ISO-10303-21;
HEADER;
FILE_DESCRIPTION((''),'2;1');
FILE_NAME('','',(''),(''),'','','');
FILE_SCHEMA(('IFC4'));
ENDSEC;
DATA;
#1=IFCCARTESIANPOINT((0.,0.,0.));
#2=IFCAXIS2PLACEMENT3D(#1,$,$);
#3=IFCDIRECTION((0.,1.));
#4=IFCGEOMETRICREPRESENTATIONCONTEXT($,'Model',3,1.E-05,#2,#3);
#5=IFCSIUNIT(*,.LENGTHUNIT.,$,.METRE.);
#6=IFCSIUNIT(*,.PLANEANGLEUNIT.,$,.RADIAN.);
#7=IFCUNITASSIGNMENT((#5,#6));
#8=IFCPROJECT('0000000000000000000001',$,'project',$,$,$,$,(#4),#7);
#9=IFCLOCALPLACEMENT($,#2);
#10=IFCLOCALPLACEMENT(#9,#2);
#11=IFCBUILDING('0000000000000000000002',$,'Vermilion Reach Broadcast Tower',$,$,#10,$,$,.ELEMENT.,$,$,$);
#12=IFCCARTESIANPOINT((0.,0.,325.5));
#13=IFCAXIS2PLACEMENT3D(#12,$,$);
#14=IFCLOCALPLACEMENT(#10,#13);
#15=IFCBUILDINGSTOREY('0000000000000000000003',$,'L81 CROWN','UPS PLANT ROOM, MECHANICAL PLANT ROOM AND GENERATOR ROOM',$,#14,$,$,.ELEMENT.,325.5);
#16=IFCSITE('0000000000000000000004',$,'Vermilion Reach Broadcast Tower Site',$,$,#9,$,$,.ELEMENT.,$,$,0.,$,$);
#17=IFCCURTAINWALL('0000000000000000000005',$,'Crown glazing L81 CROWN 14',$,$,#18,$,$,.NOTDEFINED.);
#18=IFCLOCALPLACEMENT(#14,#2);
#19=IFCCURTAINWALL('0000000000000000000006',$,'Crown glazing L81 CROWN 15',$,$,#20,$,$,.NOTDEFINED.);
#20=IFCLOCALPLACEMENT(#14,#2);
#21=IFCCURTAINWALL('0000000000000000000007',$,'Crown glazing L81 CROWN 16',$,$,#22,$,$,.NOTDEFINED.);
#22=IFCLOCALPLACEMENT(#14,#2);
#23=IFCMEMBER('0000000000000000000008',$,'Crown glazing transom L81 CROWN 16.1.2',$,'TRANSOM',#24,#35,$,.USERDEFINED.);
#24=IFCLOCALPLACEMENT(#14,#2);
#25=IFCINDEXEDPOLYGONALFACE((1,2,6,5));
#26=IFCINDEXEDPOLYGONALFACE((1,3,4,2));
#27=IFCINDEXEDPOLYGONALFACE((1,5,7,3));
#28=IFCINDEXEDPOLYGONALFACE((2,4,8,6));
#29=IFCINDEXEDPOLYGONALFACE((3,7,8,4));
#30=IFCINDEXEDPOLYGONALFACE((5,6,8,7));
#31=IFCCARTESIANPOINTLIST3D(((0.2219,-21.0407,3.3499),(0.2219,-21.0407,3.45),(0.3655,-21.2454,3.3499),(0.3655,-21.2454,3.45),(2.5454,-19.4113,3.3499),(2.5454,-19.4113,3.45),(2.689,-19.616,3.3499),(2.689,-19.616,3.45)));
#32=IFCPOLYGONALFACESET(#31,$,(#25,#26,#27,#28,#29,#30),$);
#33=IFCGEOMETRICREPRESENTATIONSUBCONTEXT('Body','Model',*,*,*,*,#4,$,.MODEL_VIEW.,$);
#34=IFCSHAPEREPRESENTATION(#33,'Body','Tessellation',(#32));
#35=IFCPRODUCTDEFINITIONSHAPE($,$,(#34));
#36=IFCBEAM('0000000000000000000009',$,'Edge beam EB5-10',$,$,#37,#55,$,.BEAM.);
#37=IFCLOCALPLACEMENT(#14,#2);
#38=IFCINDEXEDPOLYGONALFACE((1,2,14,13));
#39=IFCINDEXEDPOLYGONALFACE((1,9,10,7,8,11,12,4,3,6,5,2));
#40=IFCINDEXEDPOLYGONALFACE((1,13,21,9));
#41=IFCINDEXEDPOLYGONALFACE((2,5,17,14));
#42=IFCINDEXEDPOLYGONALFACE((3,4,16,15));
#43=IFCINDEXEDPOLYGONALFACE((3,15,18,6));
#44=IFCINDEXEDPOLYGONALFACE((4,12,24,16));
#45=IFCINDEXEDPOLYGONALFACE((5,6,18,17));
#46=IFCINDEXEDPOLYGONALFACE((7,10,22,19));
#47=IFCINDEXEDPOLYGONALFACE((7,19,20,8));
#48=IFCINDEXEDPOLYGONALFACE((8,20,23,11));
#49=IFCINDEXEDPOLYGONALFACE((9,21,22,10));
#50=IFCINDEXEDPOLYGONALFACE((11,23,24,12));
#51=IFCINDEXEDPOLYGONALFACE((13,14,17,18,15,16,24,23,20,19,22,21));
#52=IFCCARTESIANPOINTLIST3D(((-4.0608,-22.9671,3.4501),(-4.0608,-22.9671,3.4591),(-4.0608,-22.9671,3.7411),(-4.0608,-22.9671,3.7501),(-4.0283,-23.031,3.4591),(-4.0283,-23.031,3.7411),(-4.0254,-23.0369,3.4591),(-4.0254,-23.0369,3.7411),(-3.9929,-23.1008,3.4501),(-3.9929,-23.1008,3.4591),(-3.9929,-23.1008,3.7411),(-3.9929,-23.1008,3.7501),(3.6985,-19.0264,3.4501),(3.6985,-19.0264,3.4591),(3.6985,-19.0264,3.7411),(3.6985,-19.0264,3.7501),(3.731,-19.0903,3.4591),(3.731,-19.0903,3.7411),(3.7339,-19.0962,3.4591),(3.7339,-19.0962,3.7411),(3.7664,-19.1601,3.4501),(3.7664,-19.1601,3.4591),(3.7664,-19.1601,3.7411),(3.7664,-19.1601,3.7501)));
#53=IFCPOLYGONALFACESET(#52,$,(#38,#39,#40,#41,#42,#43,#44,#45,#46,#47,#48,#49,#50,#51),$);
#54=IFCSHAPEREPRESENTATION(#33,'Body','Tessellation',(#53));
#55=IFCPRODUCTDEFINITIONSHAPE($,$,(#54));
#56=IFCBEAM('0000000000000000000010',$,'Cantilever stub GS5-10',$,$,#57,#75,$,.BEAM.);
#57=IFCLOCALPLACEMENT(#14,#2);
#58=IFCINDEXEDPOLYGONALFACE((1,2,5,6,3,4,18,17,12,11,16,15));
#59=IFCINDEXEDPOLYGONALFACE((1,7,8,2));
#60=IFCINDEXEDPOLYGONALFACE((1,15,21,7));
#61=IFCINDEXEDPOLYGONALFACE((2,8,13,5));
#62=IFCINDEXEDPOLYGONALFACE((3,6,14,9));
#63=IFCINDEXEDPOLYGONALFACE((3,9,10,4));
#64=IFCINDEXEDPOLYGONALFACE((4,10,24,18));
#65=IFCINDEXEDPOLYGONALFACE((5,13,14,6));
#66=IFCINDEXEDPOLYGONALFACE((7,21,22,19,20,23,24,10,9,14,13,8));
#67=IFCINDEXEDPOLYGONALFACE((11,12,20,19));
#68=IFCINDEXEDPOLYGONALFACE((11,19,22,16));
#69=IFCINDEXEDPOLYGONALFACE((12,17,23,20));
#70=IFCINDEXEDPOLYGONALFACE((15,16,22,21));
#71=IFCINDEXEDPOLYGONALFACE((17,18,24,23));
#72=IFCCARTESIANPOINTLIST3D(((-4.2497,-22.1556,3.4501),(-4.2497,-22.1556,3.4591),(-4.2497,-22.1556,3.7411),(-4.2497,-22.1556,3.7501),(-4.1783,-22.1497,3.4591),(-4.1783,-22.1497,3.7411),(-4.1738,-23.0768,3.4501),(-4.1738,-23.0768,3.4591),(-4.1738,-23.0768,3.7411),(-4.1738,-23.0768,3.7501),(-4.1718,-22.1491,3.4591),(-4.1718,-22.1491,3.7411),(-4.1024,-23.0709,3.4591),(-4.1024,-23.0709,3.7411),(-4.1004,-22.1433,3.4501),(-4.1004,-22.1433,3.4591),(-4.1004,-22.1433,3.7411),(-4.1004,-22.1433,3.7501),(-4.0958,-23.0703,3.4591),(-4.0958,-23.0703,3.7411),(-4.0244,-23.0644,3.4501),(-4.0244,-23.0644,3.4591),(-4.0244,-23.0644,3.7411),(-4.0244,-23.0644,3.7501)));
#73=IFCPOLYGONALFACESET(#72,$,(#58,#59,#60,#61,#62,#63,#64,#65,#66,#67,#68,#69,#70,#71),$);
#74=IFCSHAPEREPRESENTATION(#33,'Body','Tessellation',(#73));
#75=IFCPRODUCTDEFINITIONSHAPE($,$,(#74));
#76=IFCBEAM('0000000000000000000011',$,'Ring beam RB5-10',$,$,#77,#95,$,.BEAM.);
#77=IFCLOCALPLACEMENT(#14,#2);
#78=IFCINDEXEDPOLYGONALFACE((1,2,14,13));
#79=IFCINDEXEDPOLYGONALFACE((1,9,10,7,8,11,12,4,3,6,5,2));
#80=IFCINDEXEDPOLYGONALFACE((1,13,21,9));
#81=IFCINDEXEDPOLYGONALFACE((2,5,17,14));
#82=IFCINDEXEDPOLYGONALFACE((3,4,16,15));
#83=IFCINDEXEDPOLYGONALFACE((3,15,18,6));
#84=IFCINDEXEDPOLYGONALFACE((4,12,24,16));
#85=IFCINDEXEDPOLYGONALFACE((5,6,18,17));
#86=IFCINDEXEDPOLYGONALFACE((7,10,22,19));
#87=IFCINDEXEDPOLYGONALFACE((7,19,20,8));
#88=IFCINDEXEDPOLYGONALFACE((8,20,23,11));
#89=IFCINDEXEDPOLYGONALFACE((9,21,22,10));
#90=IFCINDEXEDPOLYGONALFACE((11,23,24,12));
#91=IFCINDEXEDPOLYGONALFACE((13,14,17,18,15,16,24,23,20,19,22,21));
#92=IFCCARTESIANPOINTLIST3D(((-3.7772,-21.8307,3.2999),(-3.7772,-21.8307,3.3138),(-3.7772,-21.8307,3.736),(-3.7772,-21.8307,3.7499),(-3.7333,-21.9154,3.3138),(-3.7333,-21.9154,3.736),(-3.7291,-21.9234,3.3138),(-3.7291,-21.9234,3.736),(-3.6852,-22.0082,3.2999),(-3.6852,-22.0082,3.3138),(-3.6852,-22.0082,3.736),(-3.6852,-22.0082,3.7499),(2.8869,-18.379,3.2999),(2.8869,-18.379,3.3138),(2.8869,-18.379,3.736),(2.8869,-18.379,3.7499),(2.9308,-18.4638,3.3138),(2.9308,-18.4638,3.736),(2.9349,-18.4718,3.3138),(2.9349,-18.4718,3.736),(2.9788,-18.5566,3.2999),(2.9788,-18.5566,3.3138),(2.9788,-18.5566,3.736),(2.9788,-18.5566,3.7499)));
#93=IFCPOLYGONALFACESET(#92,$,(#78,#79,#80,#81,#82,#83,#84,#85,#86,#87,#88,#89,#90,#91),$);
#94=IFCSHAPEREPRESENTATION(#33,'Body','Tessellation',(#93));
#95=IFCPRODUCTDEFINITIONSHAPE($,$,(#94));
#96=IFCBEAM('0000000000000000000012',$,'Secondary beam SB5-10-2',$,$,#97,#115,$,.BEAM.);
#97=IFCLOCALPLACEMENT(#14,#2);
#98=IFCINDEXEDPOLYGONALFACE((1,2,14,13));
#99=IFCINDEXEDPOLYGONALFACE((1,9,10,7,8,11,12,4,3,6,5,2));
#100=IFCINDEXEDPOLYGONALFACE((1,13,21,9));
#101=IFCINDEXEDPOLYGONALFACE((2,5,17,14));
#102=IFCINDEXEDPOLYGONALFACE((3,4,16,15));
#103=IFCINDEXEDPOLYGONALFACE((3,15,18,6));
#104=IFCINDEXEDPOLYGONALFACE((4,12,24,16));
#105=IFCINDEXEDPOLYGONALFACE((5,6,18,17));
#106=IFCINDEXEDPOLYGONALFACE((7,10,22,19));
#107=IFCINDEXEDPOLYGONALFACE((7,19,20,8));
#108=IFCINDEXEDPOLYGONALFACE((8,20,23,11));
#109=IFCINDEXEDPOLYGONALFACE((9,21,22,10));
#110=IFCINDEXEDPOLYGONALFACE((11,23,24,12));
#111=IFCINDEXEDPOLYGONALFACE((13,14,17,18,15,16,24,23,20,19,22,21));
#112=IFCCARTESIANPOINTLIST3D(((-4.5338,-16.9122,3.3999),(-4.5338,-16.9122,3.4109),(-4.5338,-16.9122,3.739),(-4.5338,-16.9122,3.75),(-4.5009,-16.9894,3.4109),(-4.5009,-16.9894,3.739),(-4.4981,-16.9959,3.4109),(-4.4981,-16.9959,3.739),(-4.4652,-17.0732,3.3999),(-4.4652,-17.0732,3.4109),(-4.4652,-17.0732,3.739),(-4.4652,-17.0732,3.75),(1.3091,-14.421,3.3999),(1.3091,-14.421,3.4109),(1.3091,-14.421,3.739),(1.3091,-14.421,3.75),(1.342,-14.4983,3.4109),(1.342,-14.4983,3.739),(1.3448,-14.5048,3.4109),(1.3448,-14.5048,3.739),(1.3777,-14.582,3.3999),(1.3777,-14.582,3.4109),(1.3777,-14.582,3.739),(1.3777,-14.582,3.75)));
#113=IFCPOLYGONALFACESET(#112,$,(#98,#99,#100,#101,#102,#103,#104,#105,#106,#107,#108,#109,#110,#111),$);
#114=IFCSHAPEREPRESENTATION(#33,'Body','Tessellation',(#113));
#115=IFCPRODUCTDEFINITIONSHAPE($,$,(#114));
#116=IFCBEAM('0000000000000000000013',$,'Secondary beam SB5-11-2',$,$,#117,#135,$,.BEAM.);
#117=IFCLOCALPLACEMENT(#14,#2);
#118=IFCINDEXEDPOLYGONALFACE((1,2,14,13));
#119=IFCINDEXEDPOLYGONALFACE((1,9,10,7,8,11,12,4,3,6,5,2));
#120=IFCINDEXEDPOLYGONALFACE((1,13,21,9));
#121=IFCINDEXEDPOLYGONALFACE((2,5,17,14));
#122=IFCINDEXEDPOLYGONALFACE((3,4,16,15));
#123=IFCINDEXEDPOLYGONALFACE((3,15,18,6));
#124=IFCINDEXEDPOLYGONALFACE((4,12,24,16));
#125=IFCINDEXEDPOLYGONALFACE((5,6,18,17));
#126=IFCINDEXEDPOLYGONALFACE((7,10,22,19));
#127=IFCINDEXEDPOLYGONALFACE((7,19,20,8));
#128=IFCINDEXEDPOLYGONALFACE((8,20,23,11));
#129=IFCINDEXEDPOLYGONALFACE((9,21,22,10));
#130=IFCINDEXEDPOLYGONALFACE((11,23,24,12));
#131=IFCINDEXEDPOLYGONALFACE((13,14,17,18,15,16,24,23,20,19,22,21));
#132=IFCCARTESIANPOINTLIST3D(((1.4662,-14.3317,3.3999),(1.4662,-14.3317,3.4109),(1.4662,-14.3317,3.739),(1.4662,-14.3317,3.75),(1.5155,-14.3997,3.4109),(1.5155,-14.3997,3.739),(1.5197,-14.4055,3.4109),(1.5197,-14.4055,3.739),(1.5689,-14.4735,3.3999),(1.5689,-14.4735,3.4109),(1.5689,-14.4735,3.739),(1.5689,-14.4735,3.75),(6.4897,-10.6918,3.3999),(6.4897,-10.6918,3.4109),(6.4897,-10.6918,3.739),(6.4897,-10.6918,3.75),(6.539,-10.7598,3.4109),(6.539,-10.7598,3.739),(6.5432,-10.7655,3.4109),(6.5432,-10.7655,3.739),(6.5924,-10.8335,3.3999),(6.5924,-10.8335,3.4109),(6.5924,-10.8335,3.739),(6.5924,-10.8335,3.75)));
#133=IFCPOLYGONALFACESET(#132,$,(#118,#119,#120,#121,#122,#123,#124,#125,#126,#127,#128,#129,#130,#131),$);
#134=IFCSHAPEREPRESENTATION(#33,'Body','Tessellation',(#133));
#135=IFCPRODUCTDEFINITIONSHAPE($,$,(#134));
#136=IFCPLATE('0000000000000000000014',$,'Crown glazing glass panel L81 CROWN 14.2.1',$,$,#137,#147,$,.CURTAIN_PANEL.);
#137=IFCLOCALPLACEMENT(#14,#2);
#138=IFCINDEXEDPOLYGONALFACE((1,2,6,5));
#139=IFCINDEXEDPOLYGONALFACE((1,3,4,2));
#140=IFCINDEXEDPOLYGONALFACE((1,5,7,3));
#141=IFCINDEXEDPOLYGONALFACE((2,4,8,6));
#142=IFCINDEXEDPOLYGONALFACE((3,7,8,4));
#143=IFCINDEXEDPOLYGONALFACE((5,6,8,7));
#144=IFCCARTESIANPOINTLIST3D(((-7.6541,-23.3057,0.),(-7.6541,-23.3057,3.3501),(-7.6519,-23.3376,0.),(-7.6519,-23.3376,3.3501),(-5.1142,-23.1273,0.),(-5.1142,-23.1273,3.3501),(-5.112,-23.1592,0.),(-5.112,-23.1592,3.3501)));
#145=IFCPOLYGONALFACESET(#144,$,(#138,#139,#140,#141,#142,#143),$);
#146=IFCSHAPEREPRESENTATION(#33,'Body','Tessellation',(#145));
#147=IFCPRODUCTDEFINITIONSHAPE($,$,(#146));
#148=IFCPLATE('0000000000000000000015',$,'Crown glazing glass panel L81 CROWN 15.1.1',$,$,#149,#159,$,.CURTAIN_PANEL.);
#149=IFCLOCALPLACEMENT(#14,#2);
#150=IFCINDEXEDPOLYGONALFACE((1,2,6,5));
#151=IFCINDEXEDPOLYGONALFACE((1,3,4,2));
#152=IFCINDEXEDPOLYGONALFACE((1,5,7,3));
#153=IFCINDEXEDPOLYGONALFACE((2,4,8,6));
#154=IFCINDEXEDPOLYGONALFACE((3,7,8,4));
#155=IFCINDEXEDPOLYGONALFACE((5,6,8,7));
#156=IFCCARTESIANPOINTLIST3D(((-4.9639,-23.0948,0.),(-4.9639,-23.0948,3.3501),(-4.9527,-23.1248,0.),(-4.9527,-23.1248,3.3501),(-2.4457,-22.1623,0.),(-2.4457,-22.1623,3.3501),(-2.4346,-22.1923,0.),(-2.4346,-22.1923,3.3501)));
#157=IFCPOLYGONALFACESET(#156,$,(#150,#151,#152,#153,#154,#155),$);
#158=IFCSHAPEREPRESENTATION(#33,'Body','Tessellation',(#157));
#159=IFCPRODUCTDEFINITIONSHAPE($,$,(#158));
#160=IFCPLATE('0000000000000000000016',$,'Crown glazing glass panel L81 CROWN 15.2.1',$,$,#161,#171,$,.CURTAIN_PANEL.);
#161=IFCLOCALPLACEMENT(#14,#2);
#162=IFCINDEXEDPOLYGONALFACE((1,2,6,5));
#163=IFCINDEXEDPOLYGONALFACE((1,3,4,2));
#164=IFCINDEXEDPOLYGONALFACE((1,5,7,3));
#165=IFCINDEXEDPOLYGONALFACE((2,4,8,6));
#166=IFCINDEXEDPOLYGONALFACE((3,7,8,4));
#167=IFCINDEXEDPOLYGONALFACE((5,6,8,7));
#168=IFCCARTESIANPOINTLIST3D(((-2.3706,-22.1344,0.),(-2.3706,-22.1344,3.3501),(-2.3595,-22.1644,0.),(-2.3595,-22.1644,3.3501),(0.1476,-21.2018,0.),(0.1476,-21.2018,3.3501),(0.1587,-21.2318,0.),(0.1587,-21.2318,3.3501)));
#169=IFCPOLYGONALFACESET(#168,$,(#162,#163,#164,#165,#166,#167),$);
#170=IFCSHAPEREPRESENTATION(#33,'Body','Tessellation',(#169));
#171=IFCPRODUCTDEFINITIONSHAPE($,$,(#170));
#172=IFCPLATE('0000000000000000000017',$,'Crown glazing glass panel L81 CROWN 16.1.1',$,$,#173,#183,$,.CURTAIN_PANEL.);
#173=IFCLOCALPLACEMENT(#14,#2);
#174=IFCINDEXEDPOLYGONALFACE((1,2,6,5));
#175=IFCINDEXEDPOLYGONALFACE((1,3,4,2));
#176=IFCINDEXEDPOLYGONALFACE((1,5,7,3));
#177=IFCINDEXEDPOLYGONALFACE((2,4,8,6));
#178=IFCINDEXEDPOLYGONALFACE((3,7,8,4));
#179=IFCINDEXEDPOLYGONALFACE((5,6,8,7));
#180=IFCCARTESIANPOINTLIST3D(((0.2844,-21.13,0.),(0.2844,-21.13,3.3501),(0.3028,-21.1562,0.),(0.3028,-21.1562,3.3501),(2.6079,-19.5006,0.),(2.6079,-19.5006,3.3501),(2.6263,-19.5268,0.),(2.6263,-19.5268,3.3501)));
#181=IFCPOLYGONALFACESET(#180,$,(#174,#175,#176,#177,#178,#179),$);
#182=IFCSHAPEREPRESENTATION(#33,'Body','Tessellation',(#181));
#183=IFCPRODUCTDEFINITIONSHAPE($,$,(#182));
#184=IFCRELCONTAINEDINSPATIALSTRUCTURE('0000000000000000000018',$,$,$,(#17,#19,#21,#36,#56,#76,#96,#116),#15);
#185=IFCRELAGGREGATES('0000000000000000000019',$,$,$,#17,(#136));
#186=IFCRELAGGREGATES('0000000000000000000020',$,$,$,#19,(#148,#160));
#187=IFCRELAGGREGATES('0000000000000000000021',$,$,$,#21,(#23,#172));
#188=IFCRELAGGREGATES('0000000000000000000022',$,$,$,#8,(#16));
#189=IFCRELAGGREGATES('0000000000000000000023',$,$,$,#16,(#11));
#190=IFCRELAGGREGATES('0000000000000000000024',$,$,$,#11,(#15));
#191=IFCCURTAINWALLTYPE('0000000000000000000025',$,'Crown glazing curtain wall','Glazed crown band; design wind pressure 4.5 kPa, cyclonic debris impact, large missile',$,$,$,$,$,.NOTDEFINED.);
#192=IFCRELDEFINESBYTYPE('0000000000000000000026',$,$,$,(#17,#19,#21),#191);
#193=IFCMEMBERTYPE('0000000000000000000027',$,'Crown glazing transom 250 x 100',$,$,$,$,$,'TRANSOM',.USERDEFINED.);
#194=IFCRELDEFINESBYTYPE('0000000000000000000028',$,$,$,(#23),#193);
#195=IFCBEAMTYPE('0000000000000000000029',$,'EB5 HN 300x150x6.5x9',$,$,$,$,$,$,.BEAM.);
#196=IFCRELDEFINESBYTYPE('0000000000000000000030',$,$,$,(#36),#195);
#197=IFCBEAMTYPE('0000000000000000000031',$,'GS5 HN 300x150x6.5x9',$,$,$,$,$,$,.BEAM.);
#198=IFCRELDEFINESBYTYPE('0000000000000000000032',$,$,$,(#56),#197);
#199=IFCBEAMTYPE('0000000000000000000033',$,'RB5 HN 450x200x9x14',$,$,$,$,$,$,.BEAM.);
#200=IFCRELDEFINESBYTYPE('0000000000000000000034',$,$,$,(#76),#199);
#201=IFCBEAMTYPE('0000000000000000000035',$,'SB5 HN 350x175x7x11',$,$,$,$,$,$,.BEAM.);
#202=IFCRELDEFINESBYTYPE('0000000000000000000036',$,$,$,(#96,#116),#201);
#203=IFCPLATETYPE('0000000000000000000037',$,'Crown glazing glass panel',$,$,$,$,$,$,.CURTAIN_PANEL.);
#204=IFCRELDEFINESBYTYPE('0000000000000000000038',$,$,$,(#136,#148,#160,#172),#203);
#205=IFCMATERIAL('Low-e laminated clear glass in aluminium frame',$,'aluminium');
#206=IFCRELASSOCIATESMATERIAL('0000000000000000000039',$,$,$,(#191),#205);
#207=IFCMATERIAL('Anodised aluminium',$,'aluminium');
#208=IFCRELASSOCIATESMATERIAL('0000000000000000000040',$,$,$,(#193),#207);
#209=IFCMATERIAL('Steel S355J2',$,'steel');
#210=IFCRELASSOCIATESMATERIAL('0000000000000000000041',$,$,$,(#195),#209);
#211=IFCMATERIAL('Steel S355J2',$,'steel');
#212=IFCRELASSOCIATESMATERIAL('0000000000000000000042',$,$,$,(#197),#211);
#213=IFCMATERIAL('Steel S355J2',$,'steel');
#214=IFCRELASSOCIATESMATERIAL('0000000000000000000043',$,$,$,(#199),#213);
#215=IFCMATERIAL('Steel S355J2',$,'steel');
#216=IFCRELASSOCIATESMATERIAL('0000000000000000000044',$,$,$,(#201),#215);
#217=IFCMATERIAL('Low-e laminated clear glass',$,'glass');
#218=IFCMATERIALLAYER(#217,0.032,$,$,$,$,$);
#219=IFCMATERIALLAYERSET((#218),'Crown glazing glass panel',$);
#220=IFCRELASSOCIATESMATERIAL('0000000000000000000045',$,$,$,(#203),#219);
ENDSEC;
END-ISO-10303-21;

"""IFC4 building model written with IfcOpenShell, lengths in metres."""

from ifc_helpers import new_model, si_unit, direction, frame, origin, origin_2d, place, context, subcontext, project, spatial, rectangle, i_section, extrude, material, layer, layer_set, material_profile, profile_set, type_object, element, aggregate, save


model = new_model("IFC4")

# Units and contexts
model_context = context("Model", 3, precision=1e-05, world=origin(), true_north=direction((0.0, 1.0)))
body_context = subcontext(model_context, "Body", "Model", "MODEL_VIEW")
ifc_project = project(units=[si_unit("LENGTHUNIT", "METRE"), si_unit("PLANEANGLEUNIT", "RADIAN")], contexts=[model_context])

# Site, building, storey
site_placement = place(None, origin())
site = spatial("IfcSite", under=ifc_project, at=site_placement, Name="Vermilion Reach Broadcast Tower Site", CompositionType="ELEMENT", RefElevation=0.0)
building_placement = place(site_placement, origin())
building = spatial("IfcBuilding", under=site, at=building_placement, Name="Vermilion Reach Broadcast Tower", CompositionType="ELEMENT")
storey_placement = place(building_placement, frame((0.0, 0.0, 325.5)))
storey = spatial("IfcBuildingStorey", under=building, at=storey_placement, Name="L81 CROWN", Description="UPS PLANT ROOM, MECHANICAL PLANT ROOM AND GENERATOR ROOM", CompositionType="ELEMENT", Elevation=325.5)

# Curtain wall
ifc_material_1 = material(Name="Low-e laminated clear glass in aluminium frame", Category="aluminium")
curtain_wall_type = type_object("IfcCurtainWallType", Name="Crown glazing curtain wall", Description="Glazed crown band; design wind pressure 4.5 kPa, cyclonic debris impact, large missile", PredefinedType="NOTDEFINED", material=ifc_material_1)
placement = place(storey_placement, origin())
curtain_wall_1 = element("IfcCurtainWall", 1, at=placement, inside=storey, type_object=curtain_wall_type, Name="Crown glazing L81 CROWN 14", PredefinedType="NOTDEFINED")

# Curtain wall
curtain_wall_2 = element("IfcCurtainWall", 2, at=placement, inside=storey, type_object=curtain_wall_type, Name="Crown glazing L81 CROWN 15", PredefinedType="NOTDEFINED")

# Curtain wall
curtain_wall_3 = element("IfcCurtainWall", 3, at=placement, inside=storey, type_object=curtain_wall_type, Name="Crown glazing L81 CROWN 16", PredefinedType="NOTDEFINED")

# Member
ifc_material_2 = material(Name="Anodised aluminium", Category="aluminium")
ifc_material_profile_1 = material_profile(ifc_material_2, rectangle(XDim=0.25, YDim=0.1001, at=origin_2d()), Name="Crown glazing transom 250 x 100")
ifc_profile_set_1 = profile_set([ifc_material_profile_1], Name="Anodised aluminium")
member_type_1 = type_object("IfcMemberType", Name="Crown glazing transom 250 x 100", ElementType="TRANSOM", PredefinedType="USERDEFINED", material=ifc_profile_set_1)
member_1_placement = place(storey_placement, frame((0.2937, -21.1431, 3.3999), z_axis=(0.818743, 0.574161, 0.0), x_axis=(-0.574161, 0.818743, 0.0)))
member_1 = element("IfcMember", 4, at=member_1_placement, type_object=member_type_1, Name="Crown glazing transom L81 CROWN 16.1.2", ObjectType="TRANSOM", PredefinedType="USERDEFINED", context=body_context, shape_type="SweptSolid", body=[
    extrude(rectangle(XDim=0.25, YDim=0.1001, at=origin_2d()), origin(), (0.0, 0.0, 1.0), 2.8379),
])

# Beams
ifc_material_3 = material(Name="Steel S355J2", Category="steel")
ifc_material_profile_2 = material_profile(ifc_material_3, i_section(OverallWidth=0.1499, OverallDepth=0.3, WebThickness=0.0066, FlangeThickness=0.009, at=origin_2d()), Name="S355J2 HN 300x150x6.5x9")
ifc_profile_set_2 = profile_set([ifc_material_profile_2], Name="Steel S355J2")
beam_type_1 = type_object("IfcBeamType", Name="EB5 HN 300x150x6.5x9", PredefinedType="BEAM", material=ifc_profile_set_2)
beam_1_placement = place(storey_placement, frame((-4.0269, -23.0339, 3.6001), z_axis=(0.891604, 0.452816, 0.0), x_axis=(-0.452816, 0.891604, 0.0)))
element("IfcBeam", 5, at=beam_1_placement, inside=storey, type_object=beam_type_1, Name="Edge beam EB5-10", PredefinedType="BEAM", context=body_context, shape_type="SweptSolid", body=[
    extrude(i_section(OverallWidth=0.1499, OverallDepth=0.3, WebThickness=0.0066, FlangeThickness=0.009, at=origin_2d()), origin(), (0.0, 0.0, 1.0), 8.7026),
])
ifc_material_4 = material(Name="Steel S355J2", Category="steel")
ifc_material_profile_3 = material_profile(ifc_material_4, i_section(OverallWidth=0.1499, OverallDepth=0.3, WebThickness=0.0066, FlangeThickness=0.009, at=origin_2d()), Name="S355J2 HN 300x150x6.5x9")
ifc_profile_set_3 = profile_set([ifc_material_profile_3], Name="Steel S355J2")
beam_type_2 = type_object("IfcBeamType", Name="GS5 HN 300x150x6.5x9", PredefinedType="BEAM", material=ifc_profile_set_3)
beam_2_placement = place(storey_placement, frame((-4.175, -22.1494, 3.6001), z_axis=(0.082149, -0.99662, 0.0), x_axis=(0.99662, 0.082149, 0.0)))
element("IfcBeam", 6, at=beam_2_placement, inside=storey, type_object=beam_type_2, Name="Cantilever stub GS5-10", PredefinedType="BEAM", context=body_context, shape_type="SweptSolid", body=[
    extrude(i_section(OverallWidth=0.1499, OverallDepth=0.3, WebThickness=0.0066, FlangeThickness=0.009, at=origin_2d()), origin(), (0.0, 0.0, 1.0), 0.9243),
])
ifc_material_5 = material(Name="Steel S355J2", Category="steel")
ifc_material_profile_4 = material_profile(ifc_material_5, i_section(OverallWidth=0.2, OverallDepth=0.45, WebThickness=0.009, FlangeThickness=0.0139, at=origin_2d()), Name="S355J2 HN 450x200x9x14")
ifc_profile_set_4 = profile_set([ifc_material_profile_4], Name="Steel S355J2")
beam_type_3 = type_object("IfcBeamType", Name="RB5 HN 450x200x9x14", PredefinedType="BEAM", material=ifc_profile_set_4)
beam_3_placement = place(storey_placement, frame((-3.7312, -21.9194, 3.5249), z_axis=(0.88796, 0.45992, 0.0), x_axis=(-0.45992, 0.88796, 0.0)))
element("IfcBeam", 7, at=beam_3_placement, inside=storey, type_object=beam_type_3, Name="Ring beam RB5-10", PredefinedType="BEAM", context=body_context, shape_type="SweptSolid", body=[
    extrude(i_section(OverallWidth=0.2, OverallDepth=0.45, WebThickness=0.009, FlangeThickness=0.0139, at=origin_2d()), origin(), (0.0, 0.0, 1.0), 7.5049),
])
ifc_material_6 = material(Name="Steel S355J2", Category="steel")
ifc_material_profile_5 = material_profile(ifc_material_6, i_section(OverallWidth=0.175, OverallDepth=0.3501, WebThickness=0.0071, FlangeThickness=0.011, at=origin_2d()), Name="S355J2 HN 350x175x7x11")
ifc_profile_set_5 = profile_set([ifc_material_profile_5], Name="Steel S355J2")
beam_type_4 = type_object("IfcBeamType", Name="SB5 HN 350x175x7x11", PredefinedType="BEAM", material=ifc_profile_set_5)
beam_4_placement = place(storey_placement, frame((-4.4995, -16.9927, 3.575), z_axis=(0.919881, 0.392198, 0.0), x_axis=(-0.392198, 0.919881, 0.0)))
element("IfcBeam", 8, at=beam_4_placement, inside=storey, type_object=beam_type_4, Name="Secondary beam SB5-10-2", PredefinedType="BEAM", context=body_context, shape_type="SweptSolid", body=[
    extrude(i_section(OverallWidth=0.175, OverallDepth=0.3501, WebThickness=0.0071, FlangeThickness=0.011, at=origin_2d()), origin(), (0.0, 0.0, 1.0), 6.3518),
])
beam_5_placement = place(storey_placement, frame((1.5176, -14.4026, 3.575), z_axis=(0.809771, 0.586746, 0.0), x_axis=(-0.586746, 0.809771, 0.0)))
element("IfcBeam", 9, at=beam_5_placement, inside=storey, type_object=beam_type_4, Name="Secondary beam SB5-11-2", PredefinedType="BEAM", context=body_context, shape_type="SweptSolid", body=[
    extrude(i_section(OverallWidth=0.175, OverallDepth=0.3501, WebThickness=0.0071, FlangeThickness=0.011, at=origin_2d()), origin(), (0.0, 0.0, 1.0), 6.2036),
])

# Plates
ifc_material_7 = material(Name="Low-e laminated clear glass", Category="glass")
ifc_layer_1 = layer(ifc_material_7, 0.032)
ifc_layer_set_1 = layer_set([ifc_layer_1], Name="Crown glazing glass panel")
plate_type = type_object("IfcPlateType", Name="Crown glazing glass panel", PredefinedType="CURTAIN_PANEL", material=ifc_layer_set_1)
plate_1_placement = place(storey_placement, frame((-6.3831, -23.2324, 0.0), z_axis=(0.0, 0.0, 1.0), x_axis=(0.997541, 0.070082, 0.0)))
plate_1 = element("IfcPlate", 10, at=plate_1_placement, type_object=plate_type, Name="Crown glazing glass panel L81 CROWN 14.2.1", PredefinedType="CURTAIN_PANEL", context=body_context, shape_type="SweptSolid", body=[
    extrude(rectangle(XDim=2.5461, YDim=0.032, at=origin_2d()), origin(), (0.0, 0.0, 1.0), 3.3501),
])
aggregate(curtain_wall_1, [plate_1])
plate_2_placement = place(storey_placement, frame((-3.6992, -22.6436, 0.0), z_axis=(0.0, 0.0, 1.0), x_axis=(0.937757, 0.347291, 0.0)))
plate_2 = element("IfcPlate", 11, at=plate_2_placement, type_object=plate_type, Name="Crown glazing glass panel L81 CROWN 15.1.1", PredefinedType="CURTAIN_PANEL", context=body_context, shape_type="SweptSolid", body=[
    extrude(rectangle(XDim=2.6853, YDim=0.032, at=origin_2d()), origin(), (0.0, 0.0, 1.0), 3.3501),
])
plate_3_placement = place(storey_placement, frame((-1.106, -21.6831, 0.0), z_axis=(0.0, 0.0, 1.0), x_axis=(0.937757, 0.347291, 0.0)))
plate_3 = element("IfcPlate", 12, at=plate_3_placement, type_object=plate_type, Name="Crown glazing glass panel L81 CROWN 15.2.1", PredefinedType="CURTAIN_PANEL", context=body_context, shape_type="SweptSolid", body=[
    extrude(rectangle(XDim=2.6853, YDim=0.032, at=origin_2d()), origin(), (0.0, 0.0, 1.0), 3.3501),
])
aggregate(curtain_wall_2, [plate_2, plate_3])
plate_4_placement = place(storey_placement, frame((1.4553, -20.3284, 0.0), z_axis=(0.0, 0.0, 1.0), x_axis=(0.81874, 0.574164, 0.0)))
plate_4 = element("IfcPlate", 13, at=plate_4_placement, type_object=plate_type, Name="Crown glazing glass panel L81 CROWN 16.1.1", PredefinedType="CURTAIN_PANEL", context=body_context, shape_type="SweptSolid", body=[
    extrude(rectangle(XDim=2.8379, YDim=0.032, at=origin_2d()), origin(), (0.0, 0.0, 1.0), 3.3501),
])
aggregate(curtain_wall_3, [member_1, plate_4])

save(model, "model.ifc")
